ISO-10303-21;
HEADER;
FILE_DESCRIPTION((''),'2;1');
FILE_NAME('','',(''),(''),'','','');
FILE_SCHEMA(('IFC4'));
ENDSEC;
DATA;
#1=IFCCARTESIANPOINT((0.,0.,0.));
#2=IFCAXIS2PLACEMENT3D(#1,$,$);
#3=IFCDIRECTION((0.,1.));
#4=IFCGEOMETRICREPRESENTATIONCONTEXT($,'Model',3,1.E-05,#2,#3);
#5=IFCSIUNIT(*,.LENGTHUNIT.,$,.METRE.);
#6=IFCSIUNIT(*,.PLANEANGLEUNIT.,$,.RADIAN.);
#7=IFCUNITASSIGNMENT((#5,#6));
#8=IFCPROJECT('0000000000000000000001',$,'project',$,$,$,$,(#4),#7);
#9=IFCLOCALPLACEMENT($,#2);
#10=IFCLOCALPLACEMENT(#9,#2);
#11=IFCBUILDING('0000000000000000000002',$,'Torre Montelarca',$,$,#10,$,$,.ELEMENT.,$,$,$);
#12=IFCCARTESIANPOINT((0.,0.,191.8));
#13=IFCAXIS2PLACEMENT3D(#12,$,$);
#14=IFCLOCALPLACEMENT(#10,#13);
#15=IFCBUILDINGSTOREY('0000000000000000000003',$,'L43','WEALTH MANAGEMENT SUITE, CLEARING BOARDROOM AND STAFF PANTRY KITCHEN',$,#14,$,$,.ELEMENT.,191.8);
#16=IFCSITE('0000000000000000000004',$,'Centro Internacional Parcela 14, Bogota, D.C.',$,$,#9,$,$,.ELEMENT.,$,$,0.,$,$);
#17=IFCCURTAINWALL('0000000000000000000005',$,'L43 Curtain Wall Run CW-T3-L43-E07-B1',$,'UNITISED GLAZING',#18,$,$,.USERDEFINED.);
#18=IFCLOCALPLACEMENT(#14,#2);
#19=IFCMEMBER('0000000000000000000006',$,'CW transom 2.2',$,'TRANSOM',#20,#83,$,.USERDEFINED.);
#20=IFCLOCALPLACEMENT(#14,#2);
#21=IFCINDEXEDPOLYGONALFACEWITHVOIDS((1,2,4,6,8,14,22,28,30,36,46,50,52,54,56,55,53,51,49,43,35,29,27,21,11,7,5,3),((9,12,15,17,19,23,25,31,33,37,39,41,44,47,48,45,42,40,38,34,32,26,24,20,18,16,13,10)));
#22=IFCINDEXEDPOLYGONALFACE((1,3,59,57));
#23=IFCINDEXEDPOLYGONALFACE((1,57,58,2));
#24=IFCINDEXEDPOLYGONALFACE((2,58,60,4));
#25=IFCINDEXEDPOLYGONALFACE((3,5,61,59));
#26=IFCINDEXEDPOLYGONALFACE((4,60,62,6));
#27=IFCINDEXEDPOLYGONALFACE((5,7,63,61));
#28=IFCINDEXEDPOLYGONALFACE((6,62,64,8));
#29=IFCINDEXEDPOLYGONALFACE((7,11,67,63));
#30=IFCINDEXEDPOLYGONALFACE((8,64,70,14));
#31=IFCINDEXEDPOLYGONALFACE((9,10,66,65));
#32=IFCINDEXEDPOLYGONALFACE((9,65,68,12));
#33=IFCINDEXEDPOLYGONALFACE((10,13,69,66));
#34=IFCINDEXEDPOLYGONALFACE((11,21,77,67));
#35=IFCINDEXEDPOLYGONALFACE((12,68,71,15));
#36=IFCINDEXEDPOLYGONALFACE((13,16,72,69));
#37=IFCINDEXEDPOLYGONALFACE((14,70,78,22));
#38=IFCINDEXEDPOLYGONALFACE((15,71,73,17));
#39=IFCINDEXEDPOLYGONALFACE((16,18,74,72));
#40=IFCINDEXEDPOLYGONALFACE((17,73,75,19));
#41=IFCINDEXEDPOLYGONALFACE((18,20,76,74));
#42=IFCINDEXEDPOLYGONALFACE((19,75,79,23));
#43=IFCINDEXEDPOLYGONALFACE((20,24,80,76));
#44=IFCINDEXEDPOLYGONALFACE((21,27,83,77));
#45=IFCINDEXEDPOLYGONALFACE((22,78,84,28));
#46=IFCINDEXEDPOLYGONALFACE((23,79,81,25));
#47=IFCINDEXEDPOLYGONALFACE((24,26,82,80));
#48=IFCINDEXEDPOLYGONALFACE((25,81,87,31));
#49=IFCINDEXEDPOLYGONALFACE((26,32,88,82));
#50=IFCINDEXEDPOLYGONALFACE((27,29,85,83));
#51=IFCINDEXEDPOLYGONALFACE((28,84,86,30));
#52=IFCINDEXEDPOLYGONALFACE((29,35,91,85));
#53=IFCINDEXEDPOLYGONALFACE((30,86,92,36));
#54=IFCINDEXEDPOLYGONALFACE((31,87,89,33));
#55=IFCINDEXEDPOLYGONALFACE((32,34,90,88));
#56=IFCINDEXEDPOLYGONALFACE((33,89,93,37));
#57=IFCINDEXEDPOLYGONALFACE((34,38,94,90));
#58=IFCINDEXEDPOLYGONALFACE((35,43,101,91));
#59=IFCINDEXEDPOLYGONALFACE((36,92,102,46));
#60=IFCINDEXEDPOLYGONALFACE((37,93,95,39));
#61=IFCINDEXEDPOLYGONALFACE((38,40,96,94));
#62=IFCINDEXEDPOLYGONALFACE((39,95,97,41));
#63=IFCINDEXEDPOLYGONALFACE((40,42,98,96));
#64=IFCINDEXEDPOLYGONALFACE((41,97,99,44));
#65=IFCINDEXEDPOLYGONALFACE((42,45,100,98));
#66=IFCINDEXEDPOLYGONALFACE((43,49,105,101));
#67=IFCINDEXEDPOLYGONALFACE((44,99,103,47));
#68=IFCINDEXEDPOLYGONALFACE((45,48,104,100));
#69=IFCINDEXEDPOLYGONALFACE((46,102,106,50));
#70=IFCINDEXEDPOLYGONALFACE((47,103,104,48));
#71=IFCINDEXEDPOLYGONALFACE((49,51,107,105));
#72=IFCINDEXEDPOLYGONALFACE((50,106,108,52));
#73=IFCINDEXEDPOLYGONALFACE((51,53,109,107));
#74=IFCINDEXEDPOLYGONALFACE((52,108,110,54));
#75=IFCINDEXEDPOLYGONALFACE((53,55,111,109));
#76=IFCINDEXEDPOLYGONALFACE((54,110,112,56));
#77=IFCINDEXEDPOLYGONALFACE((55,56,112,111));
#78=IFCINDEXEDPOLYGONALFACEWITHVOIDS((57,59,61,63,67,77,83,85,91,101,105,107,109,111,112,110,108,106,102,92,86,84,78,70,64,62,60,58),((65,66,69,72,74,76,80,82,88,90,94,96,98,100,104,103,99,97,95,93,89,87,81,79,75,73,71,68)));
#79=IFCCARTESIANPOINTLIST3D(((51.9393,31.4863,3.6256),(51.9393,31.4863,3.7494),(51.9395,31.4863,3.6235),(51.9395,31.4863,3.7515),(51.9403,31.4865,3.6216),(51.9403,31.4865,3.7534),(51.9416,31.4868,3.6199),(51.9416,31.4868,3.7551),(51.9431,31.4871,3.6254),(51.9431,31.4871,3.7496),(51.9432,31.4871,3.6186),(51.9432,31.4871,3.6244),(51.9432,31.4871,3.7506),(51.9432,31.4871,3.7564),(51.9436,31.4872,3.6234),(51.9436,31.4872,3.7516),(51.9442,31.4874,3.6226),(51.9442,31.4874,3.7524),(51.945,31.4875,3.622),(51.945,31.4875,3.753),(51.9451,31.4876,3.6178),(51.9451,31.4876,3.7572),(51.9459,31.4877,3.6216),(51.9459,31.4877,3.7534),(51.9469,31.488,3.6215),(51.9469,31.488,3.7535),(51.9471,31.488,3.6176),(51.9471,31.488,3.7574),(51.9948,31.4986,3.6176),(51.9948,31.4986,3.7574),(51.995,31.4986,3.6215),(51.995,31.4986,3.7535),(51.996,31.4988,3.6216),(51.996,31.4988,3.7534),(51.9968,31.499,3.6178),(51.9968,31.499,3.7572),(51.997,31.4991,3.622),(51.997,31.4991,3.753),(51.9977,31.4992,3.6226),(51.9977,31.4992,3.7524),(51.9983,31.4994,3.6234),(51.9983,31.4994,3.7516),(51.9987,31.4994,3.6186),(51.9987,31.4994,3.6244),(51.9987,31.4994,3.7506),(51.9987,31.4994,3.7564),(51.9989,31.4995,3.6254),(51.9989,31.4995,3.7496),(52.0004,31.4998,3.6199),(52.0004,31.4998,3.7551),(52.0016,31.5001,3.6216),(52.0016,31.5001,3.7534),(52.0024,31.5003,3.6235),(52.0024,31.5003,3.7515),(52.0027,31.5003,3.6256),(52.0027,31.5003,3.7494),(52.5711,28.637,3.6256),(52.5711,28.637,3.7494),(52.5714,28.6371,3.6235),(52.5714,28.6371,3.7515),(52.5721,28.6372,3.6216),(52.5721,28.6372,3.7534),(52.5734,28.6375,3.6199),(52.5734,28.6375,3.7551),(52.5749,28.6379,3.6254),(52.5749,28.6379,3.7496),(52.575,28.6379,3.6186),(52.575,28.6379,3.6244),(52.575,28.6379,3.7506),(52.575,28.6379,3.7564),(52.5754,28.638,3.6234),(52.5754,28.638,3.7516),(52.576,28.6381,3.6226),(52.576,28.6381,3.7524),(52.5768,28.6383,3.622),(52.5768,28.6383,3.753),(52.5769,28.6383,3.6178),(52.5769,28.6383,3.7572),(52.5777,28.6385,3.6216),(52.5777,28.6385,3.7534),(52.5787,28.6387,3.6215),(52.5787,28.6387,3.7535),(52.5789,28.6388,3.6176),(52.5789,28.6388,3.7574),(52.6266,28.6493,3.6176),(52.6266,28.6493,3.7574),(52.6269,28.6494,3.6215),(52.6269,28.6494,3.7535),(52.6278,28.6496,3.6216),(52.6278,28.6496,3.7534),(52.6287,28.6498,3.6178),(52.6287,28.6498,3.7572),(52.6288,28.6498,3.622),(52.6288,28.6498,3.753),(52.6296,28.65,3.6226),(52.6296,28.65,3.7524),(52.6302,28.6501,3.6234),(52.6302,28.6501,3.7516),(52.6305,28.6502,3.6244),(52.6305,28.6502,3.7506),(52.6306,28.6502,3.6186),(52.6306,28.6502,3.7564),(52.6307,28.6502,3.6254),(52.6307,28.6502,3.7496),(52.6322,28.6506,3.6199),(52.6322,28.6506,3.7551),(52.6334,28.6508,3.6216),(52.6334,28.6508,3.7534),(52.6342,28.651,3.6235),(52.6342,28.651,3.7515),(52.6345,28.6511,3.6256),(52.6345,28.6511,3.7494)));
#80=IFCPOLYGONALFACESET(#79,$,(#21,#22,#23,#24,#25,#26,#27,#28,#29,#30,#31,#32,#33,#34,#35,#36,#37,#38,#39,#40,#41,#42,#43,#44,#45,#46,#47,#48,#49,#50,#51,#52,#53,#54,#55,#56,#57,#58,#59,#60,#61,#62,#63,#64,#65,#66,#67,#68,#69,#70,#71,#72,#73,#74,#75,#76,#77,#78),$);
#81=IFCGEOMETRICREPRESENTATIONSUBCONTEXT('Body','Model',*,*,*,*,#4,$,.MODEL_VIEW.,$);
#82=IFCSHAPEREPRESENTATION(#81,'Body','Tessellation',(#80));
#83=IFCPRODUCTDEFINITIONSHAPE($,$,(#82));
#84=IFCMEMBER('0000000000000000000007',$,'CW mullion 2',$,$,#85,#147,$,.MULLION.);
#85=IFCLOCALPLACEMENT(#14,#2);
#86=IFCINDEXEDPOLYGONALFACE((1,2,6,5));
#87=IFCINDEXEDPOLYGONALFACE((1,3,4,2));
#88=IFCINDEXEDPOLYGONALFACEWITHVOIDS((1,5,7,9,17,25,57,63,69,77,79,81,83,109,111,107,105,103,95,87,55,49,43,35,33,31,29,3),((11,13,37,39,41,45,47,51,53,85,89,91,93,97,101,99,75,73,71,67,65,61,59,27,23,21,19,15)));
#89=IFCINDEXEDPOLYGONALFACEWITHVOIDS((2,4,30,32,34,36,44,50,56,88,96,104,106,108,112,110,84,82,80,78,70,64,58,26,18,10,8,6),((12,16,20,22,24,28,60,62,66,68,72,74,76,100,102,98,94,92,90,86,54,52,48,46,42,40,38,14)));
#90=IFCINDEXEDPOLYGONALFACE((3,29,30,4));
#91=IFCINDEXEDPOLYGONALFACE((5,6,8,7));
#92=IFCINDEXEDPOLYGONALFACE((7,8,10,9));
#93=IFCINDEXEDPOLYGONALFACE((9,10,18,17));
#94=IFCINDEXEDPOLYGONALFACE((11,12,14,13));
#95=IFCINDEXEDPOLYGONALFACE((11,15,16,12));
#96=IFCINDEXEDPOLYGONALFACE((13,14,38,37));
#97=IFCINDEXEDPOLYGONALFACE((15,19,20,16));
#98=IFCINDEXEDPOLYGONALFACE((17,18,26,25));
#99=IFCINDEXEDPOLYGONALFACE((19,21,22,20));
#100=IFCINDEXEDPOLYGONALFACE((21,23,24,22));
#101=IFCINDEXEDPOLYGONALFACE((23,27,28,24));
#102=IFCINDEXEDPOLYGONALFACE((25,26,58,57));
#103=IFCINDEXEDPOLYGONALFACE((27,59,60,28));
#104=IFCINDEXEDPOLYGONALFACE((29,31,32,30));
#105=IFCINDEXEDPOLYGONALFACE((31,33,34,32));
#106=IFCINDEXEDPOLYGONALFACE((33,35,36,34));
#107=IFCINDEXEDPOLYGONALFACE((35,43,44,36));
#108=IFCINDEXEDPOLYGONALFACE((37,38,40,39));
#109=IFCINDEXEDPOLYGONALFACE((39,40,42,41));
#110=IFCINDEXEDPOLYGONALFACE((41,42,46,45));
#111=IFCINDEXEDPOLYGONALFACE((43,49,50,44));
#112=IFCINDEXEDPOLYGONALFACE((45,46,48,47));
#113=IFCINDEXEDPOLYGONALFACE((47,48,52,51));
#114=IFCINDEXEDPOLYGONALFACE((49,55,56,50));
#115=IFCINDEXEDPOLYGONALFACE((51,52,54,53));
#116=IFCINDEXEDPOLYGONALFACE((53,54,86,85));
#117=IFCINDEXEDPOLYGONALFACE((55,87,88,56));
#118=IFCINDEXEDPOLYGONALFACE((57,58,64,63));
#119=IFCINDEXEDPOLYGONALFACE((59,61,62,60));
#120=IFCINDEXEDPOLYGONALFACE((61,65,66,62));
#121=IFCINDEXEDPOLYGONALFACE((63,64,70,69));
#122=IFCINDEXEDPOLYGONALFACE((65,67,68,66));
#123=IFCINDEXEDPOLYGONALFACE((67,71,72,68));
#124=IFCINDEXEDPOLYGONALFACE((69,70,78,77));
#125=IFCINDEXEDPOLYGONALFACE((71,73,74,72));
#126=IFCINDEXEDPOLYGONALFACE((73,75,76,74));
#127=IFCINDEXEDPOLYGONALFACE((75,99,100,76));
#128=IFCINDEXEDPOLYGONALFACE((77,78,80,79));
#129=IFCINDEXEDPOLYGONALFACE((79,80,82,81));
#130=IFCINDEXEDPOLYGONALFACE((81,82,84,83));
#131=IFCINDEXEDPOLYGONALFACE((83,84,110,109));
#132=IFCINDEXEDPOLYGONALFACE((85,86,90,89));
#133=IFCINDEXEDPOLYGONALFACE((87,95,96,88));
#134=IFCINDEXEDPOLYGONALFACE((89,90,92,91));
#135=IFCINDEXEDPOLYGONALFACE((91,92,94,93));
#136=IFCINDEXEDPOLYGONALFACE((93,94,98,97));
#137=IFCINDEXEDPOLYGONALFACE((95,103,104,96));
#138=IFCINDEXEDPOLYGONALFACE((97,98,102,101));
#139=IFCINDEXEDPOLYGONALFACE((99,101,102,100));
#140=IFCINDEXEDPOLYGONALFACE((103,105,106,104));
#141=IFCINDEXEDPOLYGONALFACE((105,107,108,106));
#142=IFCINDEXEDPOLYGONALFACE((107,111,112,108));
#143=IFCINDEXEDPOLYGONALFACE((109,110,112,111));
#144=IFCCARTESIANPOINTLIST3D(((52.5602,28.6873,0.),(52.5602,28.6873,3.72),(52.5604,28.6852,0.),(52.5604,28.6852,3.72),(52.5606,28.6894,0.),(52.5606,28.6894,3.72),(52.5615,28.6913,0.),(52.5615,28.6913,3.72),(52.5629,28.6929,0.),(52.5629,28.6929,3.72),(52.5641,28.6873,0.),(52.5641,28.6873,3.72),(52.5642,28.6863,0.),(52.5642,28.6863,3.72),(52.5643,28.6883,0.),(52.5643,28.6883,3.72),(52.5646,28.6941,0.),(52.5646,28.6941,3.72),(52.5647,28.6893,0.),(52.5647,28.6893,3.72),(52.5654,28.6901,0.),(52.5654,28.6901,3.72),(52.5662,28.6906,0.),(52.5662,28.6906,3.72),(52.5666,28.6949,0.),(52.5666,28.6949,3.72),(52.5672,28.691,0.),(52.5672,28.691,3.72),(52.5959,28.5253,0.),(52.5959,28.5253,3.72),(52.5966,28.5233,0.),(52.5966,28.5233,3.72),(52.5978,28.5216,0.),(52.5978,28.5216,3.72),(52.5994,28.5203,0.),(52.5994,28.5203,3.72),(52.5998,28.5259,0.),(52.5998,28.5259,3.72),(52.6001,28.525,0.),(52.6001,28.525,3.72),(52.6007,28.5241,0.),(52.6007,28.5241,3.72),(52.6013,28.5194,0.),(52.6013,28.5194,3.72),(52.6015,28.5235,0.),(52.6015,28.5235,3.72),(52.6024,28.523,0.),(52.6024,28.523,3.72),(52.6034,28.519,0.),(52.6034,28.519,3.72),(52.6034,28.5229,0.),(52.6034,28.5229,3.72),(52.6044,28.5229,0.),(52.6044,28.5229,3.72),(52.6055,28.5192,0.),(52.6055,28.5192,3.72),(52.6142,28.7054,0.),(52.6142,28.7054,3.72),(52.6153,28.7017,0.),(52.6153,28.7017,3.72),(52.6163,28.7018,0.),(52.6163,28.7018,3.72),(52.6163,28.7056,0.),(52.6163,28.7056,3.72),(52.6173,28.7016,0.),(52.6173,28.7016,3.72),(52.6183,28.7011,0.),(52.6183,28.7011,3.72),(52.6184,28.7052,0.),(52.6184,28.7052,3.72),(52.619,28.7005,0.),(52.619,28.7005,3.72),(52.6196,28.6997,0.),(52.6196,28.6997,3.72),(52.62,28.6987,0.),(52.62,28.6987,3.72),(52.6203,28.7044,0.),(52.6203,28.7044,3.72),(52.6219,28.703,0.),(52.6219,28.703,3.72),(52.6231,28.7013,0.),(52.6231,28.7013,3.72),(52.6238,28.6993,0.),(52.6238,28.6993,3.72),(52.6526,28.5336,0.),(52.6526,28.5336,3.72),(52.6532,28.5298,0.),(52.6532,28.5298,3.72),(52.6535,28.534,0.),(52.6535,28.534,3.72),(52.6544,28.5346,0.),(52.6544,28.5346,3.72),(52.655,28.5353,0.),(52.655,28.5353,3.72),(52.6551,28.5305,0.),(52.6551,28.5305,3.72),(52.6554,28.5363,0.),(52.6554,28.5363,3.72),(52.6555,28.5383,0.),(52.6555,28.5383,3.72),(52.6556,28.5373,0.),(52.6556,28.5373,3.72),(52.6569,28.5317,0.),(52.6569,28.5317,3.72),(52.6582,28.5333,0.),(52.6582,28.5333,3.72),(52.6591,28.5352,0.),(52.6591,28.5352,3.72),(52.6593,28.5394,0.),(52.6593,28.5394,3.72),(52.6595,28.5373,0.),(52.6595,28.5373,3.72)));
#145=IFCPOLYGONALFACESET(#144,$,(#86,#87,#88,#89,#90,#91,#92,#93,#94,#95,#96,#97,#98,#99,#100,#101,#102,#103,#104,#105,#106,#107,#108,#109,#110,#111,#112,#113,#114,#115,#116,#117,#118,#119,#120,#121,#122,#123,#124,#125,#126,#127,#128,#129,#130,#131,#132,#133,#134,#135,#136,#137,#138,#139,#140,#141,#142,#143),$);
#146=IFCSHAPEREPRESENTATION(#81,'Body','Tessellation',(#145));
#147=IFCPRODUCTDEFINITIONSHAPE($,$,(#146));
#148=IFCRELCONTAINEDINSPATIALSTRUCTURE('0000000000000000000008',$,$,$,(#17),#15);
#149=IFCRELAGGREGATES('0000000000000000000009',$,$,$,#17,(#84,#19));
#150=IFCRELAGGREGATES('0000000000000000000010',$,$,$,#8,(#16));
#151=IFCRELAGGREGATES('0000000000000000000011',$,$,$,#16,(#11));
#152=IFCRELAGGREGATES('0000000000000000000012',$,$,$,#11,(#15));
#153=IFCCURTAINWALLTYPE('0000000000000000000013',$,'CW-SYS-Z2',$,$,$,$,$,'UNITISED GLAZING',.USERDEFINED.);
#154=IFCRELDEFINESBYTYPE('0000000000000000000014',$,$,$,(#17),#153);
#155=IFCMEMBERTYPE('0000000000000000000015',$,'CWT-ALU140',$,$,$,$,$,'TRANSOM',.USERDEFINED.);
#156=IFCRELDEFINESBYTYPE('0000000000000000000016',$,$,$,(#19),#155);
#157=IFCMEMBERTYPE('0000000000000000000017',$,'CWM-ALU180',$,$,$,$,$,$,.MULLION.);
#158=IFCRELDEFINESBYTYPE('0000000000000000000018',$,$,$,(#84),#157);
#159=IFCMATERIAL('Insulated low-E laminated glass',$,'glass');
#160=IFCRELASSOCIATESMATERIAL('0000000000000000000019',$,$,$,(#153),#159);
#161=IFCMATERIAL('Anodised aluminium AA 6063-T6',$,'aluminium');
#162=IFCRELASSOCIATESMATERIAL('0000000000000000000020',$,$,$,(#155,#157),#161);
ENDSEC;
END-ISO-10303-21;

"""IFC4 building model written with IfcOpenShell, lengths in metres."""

from ifc_helpers import new_model, si_unit, direction, frame, origin, origin_2d, place, context, subcontext, project, spatial, hollow_rectangle, extrude, source, transform, mapped, material, material_profile, profile_set, type_object, element, aggregate, save


model = new_model("IFC4")

# Units and contexts
model_context = context("Model", 3, precision=1e-05, world=origin(), true_north=direction((0.0, 1.0)))
body_context = subcontext(model_context, "Body", "Model", "MODEL_VIEW")
ifc_project = project(units=[si_unit("LENGTHUNIT", "METRE"), si_unit("PLANEANGLEUNIT", "RADIAN")], contexts=[model_context])

# Site, building, storey
site_placement = place(None, origin())
site = spatial("IfcSite", under=ifc_project, at=site_placement, Name="Centro Internacional Parcela 14, Bogota, D.C.", CompositionType="ELEMENT", RefElevation=0.0)
building_placement = place(site_placement, origin())
building = spatial("IfcBuilding", under=site, at=building_placement, Name="Torre Montelarca", CompositionType="ELEMENT")
storey_placement = place(building_placement, frame((0.0, 0.0, 191.8)))
storey = spatial("IfcBuildingStorey", under=building, at=storey_placement, Name="L43", Description="WEALTH MANAGEMENT SUITE, CLEARING BOARDROOM AND STAFF PANTRY KITCHEN", CompositionType="ELEMENT", Elevation=191.8)

# Curtain wall, members
ifc_material_1 = material(Name="Insulated low-E laminated glass", Category="glass")
curtain_wall_type = type_object("IfcCurtainWallType", Name="CW-SYS-Z2", ElementType="UNITISED GLAZING", PredefinedType="USERDEFINED", material=ifc_material_1)
curtain_wall_1_placement = place(storey_placement, origin())
curtain_wall_1 = element("IfcCurtainWall", 1, at=curtain_wall_1_placement, inside=storey, type_object=curtain_wall_type, Name="L43 Curtain Wall Run CW-T3-L43-E07-B1", ObjectType="UNITISED GLAZING", PredefinedType="USERDEFINED")
ifc_material_2 = material(Name="Anodised aluminium AA 6063-T6", Category="aluminium")
ifc_material_profile_1 = material_profile(ifc_material_2, hollow_rectangle(XDim=0.0649, YDim=0.1399, WallThickness=0.0039, InnerFilletRadius=0.0039, OuterFilletRadius=0.0081, at=origin_2d()), Name="ALU65X140X4", Category="aluminium")
ifc_profile_set_1 = profile_set([ifc_material_profile_1], Name="Anodised aluminium AA 6063-T6")
member_type_1 = type_object("IfcMemberType", Name="CWT-ALU140", ElementType="TRANSOM", PredefinedType="USERDEFINED", material=ifc_profile_set_1)
shared_shape_1 = source(origin(), body_context, "Body", "SweptSolid", [
    extrude(hollow_rectangle(XDim=0.0649, YDim=0.1399, WallThickness=0.0039, InnerFilletRadius=0.0039, OuterFilletRadius=0.0081, at=origin_2d()), origin(), (0.0, 0.0, 1.0), 2.9185),
])
member_1_placement = place(storey_placement, frame((52.6028, 28.644, 3.6875), z_axis=(-0.216488, 0.976285, 0.0), x_axis=(-0.976285, -0.216488, 0.0)))
member_1 = element("IfcMember", 2, at=member_1_placement, type_object=member_type_1, Name="CW transom 2.2", ObjectType="TRANSOM", PredefinedType="USERDEFINED", context=body_context, shape_type="MappedRepresentation", body=[
    mapped(shared_shape_1, transform((0.0, 0.0, 0.0), scale=1.0)),
])
ifc_material_profile_2 = material_profile(ifc_material_2, hollow_rectangle(XDim=0.0649, YDim=0.1799, WallThickness=0.0039, InnerFilletRadius=0.0039, OuterFilletRadius=0.0081, at=origin_2d()), Name="ALU65X180X4", Category="aluminium")
ifc_profile_set_2 = profile_set([ifc_material_profile_2], Name="Anodised aluminium AA 6063-T6")
member_type_2 = type_object("IfcMemberType", Name="CWM-ALU180", PredefinedType="MULLION", material=ifc_profile_set_2)
shared_shape_2 = source(origin(), body_context, "Body", "SweptSolid", [
    extrude(hollow_rectangle(XDim=0.0649, YDim=0.1799, WallThickness=0.0039, InnerFilletRadius=0.0039, OuterFilletRadius=0.0081, at=origin_2d()), origin(), (0.0, 0.0, 1.0), 3.72),
])
member_2_placement = place(storey_placement, frame((52.6099, 28.6123, 0.0), z_axis=(0.0, 0.0, 1.0), x_axis=(-0.976294, -0.216448, 0.0)))
member_2 = element("IfcMember", 3, at=member_2_placement, type_object=member_type_2, Name="CW mullion 2", PredefinedType="MULLION", context=body_context, shape_type="MappedRepresentation", body=[
    mapped(shared_shape_2, transform((0.0, 0.0, 0.0), scale=1.0)),
])

aggregate(curtain_wall_1, [member_2, member_1])

save(model, "model.ifc")
